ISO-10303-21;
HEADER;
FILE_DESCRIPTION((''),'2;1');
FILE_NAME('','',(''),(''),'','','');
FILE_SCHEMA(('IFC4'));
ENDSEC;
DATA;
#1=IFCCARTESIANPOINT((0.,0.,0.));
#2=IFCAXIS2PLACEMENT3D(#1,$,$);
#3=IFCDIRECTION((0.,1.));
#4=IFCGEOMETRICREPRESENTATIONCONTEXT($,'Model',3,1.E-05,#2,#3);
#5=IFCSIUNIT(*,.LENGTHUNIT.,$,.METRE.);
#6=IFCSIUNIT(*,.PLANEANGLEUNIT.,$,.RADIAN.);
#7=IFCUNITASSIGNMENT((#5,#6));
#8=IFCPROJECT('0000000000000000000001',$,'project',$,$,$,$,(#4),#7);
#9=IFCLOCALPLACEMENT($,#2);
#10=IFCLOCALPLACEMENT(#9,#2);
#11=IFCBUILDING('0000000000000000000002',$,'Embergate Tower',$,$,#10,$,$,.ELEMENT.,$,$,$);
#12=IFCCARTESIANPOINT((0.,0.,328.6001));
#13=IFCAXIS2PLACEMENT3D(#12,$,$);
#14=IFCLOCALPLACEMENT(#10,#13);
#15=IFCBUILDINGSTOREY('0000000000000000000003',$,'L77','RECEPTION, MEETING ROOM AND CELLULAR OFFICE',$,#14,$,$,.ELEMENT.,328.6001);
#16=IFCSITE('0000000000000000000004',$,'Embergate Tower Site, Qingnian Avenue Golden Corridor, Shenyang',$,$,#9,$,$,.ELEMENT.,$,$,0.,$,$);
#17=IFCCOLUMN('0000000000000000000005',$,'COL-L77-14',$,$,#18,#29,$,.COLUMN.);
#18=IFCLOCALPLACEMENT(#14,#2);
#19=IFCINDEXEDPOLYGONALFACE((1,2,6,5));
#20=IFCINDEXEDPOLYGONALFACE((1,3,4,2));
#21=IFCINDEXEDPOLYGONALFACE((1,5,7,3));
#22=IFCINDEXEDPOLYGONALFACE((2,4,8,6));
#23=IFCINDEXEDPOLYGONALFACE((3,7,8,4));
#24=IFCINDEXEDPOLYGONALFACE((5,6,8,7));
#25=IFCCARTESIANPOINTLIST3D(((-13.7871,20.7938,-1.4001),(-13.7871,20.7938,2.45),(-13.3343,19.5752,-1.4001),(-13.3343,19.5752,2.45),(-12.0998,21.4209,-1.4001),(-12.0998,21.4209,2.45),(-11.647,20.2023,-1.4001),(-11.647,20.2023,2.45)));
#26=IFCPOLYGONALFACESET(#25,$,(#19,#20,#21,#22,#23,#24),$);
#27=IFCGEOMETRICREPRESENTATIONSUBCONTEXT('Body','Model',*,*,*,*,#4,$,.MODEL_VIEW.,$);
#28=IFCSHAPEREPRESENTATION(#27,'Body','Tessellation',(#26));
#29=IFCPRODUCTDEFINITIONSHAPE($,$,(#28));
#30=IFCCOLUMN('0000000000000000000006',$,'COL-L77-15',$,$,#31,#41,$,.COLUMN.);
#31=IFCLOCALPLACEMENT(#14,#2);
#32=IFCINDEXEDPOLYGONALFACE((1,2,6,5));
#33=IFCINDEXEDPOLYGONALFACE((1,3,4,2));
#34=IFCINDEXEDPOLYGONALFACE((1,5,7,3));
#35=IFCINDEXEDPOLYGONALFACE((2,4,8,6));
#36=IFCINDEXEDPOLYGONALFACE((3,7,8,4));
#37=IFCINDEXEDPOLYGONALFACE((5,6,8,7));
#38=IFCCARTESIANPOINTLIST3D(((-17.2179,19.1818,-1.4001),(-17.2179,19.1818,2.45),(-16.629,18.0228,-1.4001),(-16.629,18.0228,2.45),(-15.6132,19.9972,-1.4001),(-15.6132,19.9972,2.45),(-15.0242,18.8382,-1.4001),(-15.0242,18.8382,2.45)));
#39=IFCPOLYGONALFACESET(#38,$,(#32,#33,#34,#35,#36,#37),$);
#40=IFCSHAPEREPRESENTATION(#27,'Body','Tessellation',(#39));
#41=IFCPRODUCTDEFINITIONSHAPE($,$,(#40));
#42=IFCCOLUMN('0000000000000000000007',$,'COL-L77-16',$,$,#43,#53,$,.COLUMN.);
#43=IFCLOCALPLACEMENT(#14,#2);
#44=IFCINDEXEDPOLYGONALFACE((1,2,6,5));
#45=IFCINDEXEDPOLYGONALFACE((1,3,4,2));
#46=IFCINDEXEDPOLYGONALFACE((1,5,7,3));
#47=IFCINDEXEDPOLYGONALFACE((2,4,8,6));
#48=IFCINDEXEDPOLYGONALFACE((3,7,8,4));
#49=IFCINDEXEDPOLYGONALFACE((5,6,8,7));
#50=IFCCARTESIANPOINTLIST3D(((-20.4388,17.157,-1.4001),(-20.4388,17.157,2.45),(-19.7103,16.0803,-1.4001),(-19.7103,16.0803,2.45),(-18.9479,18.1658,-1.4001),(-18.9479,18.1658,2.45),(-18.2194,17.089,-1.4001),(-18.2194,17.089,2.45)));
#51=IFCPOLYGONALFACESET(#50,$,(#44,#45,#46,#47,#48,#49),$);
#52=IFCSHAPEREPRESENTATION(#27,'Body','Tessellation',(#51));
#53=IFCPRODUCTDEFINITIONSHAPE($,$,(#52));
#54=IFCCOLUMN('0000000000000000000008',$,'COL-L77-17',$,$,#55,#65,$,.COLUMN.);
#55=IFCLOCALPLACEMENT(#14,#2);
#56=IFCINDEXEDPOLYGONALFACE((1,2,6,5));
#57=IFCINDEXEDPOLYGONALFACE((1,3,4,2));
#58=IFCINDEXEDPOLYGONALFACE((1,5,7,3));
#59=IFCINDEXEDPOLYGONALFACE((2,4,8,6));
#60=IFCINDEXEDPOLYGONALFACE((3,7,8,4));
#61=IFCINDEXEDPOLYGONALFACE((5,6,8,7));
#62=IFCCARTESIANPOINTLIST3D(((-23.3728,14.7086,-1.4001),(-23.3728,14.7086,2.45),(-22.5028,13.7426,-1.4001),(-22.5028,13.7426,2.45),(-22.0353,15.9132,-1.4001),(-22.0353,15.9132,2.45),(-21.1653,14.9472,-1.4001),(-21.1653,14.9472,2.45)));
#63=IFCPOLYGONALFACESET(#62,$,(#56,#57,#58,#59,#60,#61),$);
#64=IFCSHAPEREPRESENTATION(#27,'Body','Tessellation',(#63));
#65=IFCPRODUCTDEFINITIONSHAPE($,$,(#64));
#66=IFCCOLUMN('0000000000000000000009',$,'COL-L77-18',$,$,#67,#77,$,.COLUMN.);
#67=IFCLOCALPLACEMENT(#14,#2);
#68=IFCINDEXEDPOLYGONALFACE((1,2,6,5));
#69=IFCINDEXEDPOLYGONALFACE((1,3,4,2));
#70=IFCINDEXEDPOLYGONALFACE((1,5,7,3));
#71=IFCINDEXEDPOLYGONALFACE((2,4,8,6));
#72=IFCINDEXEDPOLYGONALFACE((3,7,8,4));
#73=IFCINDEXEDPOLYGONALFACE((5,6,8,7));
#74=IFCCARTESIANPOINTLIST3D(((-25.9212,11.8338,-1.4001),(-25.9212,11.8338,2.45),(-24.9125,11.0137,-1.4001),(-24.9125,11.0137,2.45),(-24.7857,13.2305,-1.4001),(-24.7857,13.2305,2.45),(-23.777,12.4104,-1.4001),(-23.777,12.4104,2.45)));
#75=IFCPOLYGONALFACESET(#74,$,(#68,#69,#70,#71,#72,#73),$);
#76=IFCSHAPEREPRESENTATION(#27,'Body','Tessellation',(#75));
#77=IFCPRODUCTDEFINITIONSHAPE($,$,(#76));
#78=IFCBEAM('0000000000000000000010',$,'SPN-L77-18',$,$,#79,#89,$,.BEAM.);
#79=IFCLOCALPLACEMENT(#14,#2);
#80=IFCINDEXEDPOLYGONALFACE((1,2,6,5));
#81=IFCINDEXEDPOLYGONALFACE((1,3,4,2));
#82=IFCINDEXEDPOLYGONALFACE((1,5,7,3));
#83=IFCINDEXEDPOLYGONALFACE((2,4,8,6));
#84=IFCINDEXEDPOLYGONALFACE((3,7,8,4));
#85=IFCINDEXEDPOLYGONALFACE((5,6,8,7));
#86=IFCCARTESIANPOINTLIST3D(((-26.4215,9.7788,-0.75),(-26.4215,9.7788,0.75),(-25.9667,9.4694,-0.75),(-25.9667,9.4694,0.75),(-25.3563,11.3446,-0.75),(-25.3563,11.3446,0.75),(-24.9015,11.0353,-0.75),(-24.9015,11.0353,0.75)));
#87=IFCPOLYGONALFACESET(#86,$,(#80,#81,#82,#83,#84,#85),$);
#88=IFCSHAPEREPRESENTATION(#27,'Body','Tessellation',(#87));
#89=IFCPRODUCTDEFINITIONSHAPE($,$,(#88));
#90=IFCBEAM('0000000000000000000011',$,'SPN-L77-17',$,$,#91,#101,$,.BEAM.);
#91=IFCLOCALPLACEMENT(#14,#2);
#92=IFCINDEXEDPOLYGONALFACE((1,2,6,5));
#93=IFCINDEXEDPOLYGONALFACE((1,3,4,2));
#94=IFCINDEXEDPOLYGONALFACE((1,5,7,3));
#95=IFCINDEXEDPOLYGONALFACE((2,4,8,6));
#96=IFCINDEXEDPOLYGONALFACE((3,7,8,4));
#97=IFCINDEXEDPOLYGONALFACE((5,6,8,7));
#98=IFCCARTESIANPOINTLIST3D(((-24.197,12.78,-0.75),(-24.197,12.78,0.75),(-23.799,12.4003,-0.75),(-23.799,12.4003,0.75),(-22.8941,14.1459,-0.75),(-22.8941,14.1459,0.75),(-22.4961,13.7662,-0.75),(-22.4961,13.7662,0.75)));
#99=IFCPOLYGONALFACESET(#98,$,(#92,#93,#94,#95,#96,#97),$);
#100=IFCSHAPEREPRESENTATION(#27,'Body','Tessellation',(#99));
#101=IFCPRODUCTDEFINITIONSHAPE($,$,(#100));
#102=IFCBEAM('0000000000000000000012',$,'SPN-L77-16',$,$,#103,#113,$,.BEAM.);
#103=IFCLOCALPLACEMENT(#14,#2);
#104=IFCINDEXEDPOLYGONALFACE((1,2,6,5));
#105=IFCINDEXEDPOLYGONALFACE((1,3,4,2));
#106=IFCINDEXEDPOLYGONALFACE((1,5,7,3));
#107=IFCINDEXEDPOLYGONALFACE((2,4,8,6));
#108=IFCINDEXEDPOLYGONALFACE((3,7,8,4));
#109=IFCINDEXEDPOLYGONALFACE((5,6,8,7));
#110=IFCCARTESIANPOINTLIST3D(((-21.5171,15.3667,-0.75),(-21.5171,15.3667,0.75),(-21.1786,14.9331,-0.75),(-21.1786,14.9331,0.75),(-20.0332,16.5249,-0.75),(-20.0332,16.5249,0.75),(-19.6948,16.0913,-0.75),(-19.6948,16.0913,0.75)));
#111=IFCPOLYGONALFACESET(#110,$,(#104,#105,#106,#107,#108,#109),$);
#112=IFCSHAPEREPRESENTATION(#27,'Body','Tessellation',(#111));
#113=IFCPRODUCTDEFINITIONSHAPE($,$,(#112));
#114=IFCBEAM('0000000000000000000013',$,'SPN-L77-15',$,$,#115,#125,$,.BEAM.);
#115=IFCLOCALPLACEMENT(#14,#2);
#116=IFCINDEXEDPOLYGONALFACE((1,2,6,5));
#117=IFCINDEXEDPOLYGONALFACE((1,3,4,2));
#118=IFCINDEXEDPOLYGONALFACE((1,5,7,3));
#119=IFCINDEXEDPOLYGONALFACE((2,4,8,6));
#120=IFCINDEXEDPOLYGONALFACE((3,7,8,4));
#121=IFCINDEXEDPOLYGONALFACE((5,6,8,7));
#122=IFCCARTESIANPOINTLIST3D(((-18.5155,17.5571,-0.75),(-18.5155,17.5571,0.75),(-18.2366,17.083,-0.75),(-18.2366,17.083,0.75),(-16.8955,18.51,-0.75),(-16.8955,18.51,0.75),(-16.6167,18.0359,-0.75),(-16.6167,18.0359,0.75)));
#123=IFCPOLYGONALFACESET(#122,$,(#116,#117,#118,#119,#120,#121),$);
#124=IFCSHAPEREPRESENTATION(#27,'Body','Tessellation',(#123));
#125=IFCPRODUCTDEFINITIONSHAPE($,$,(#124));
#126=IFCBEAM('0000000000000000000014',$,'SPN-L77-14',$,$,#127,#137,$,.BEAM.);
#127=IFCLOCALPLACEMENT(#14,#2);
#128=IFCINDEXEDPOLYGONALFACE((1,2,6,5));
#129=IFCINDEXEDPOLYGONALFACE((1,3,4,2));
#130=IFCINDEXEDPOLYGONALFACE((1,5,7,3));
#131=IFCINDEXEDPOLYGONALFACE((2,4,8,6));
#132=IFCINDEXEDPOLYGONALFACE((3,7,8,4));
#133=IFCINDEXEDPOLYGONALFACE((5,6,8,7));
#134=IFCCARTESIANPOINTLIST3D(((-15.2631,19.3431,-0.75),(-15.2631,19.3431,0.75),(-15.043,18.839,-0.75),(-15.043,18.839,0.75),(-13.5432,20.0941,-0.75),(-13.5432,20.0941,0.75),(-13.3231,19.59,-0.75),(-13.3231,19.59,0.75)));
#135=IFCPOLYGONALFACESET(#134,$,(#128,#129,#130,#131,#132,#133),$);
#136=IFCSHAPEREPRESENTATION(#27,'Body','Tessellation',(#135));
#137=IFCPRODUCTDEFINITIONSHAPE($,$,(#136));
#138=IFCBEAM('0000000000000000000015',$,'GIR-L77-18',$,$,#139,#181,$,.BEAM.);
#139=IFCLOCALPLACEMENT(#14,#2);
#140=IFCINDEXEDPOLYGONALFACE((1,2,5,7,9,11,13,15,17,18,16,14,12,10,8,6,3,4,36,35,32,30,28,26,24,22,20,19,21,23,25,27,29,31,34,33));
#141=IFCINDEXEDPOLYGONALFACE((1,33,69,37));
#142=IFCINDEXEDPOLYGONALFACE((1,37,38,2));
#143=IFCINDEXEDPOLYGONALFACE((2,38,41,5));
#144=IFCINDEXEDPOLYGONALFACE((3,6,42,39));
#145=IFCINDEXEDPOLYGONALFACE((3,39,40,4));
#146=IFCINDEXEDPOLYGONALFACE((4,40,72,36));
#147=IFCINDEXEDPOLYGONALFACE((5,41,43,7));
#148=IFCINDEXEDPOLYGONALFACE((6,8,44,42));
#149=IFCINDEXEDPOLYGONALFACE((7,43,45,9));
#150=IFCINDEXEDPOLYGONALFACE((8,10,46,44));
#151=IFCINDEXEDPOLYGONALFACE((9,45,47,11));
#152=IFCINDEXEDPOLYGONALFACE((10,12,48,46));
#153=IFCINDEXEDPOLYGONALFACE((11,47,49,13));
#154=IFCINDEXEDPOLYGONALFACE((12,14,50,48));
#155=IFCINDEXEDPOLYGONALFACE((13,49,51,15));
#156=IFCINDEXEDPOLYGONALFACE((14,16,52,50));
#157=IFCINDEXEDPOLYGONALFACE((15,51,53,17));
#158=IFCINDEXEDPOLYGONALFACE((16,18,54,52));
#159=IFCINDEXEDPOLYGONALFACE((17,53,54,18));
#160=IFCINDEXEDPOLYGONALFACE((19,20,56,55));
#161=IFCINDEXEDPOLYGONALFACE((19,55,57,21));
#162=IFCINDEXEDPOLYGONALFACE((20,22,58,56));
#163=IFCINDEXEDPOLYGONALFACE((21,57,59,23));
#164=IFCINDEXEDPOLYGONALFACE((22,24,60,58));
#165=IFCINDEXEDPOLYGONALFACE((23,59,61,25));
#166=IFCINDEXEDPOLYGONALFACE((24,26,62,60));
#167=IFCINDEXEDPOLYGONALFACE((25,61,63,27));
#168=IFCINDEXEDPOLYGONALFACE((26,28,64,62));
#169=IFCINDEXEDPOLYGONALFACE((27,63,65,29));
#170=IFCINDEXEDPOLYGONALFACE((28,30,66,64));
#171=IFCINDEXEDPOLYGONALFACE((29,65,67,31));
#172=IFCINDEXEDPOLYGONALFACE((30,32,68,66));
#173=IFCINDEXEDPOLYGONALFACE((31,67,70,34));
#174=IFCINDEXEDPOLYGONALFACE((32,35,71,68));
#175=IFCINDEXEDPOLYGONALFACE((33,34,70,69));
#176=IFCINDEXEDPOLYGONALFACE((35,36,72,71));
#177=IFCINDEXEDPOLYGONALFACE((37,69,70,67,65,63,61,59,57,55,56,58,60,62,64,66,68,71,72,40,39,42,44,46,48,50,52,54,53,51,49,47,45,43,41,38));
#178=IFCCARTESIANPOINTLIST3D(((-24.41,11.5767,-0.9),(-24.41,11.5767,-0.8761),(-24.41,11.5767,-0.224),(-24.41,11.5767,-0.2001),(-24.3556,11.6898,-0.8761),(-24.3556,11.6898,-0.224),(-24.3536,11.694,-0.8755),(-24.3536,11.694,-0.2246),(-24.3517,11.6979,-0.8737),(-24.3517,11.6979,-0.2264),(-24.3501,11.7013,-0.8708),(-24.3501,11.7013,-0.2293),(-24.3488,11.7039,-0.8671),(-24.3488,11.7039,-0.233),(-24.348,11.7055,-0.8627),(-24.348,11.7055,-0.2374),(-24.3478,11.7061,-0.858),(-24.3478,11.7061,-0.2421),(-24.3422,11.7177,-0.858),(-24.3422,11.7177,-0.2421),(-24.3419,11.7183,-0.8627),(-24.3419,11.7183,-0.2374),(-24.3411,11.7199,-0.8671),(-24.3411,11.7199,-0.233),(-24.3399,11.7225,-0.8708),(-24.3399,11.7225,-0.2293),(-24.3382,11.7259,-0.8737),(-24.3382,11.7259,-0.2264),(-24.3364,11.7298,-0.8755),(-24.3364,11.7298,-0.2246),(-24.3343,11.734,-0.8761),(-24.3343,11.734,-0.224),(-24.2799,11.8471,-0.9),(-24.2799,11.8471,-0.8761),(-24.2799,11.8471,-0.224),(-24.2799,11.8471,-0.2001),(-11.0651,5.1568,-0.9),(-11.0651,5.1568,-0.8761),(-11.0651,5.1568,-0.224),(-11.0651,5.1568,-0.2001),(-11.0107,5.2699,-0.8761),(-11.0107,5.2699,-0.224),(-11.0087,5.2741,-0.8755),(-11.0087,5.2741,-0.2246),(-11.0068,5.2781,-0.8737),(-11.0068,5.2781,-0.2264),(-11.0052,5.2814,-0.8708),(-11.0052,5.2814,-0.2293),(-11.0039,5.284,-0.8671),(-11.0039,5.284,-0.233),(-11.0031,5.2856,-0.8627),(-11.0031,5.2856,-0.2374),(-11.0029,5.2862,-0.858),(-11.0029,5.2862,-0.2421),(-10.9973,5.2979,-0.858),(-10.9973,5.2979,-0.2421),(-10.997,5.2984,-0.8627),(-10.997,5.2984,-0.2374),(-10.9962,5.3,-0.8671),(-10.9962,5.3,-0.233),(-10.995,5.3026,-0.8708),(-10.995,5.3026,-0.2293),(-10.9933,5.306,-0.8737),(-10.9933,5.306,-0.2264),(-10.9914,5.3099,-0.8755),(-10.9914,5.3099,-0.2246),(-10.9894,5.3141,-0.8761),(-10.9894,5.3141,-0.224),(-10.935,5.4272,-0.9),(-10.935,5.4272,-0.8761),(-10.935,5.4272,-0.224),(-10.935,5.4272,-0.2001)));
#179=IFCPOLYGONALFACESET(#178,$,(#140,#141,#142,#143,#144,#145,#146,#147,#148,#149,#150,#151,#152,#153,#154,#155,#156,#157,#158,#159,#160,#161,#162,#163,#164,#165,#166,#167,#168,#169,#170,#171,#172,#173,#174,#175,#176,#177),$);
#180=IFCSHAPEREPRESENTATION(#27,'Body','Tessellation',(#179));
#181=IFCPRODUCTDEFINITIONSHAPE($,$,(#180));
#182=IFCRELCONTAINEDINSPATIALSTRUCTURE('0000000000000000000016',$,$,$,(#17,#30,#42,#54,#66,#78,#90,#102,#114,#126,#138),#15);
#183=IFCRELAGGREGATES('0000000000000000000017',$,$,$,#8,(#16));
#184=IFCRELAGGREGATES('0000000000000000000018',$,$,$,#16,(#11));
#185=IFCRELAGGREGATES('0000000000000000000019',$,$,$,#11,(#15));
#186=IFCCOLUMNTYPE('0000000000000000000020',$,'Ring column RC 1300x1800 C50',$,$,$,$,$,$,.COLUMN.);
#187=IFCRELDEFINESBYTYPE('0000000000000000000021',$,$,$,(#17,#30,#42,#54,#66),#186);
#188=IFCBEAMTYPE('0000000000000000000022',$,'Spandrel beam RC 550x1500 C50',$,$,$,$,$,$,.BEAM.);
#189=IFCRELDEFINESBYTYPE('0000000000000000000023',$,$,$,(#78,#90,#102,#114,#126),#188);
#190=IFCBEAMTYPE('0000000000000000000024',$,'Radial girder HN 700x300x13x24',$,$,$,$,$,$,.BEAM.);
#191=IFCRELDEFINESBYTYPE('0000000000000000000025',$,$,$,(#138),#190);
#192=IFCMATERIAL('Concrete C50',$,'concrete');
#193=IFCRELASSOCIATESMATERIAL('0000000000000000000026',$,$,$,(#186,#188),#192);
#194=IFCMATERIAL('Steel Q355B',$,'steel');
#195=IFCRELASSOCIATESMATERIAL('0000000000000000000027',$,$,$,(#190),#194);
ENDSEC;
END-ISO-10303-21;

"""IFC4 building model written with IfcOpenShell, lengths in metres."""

from ifc_helpers import new_model, si_unit, direction, frame, origin, origin_2d, place, context, subcontext, project, spatial, rectangle, i_section, extrude, source, transform, mapped, material, material_profile, profile_set, type_object, element, save


model = new_model("IFC4")

# Units and contexts
model_context = context("Model", 3, precision=1e-05, world=origin(), true_north=direction((0.0, 1.0)))
body_context = subcontext(model_context, "Body", "Model", "MODEL_VIEW")
ifc_project = project(units=[si_unit("LENGTHUNIT", "METRE"), si_unit("PLANEANGLEUNIT", "RADIAN")], contexts=[model_context])

# Site, building, storey
site_placement = place(None, origin())
site = spatial("IfcSite", under=ifc_project, at=site_placement, Name="Embergate Tower Site, Qingnian Avenue Golden Corridor, Shenyang", CompositionType="ELEMENT", RefElevation=0.0)
building_placement = place(site_placement, origin())
building = spatial("IfcBuilding", under=site, at=building_placement, Name="Embergate Tower", CompositionType="ELEMENT")
storey_placement = place(building_placement, frame((0.0, 0.0, 328.6001)))
storey = spatial("IfcBuildingStorey", under=building, at=storey_placement, Name="L77", Description="RECEPTION, MEETING ROOM AND CELLULAR OFFICE", CompositionType="ELEMENT", Elevation=328.6001)

# Columns
ifc_material_1 = material(Name="Concrete C50", Category="concrete")
ifc_material_profile_1 = material_profile(ifc_material_1, rectangle(XDim=1.3, YDim=1.8, at=origin_2d()), Name="RC 1300x1800")
ifc_profile_set_1 = profile_set([ifc_material_profile_1], Name="Concrete C50")
column_type = type_object("IfcColumnType", Name="Ring column RC 1300x1800 C50", PredefinedType="COLUMN", material=ifc_profile_set_1)
shared_shape_1 = source(origin(), body_context, "Body", "SweptSolid", [
    extrude(rectangle(XDim=1.3, YDim=1.8, at=origin_2d()), origin(), (0.0, 0.0, 1.0), 3.8501),
])
for number, where, z_axis, x_axis, name in (
    (1, (-12.717, 20.498, -1.4001), (0.0, 0.0, 1.0), (-0.348343, 0.937367, 0.0), "COL-L77-14"),
    (2, (-16.1211, 19.01, -1.4001), (0.0, 0.0, 1.0), (-0.453011, 0.891505, 0.0), "COL-L77-15"),
    (3, (-19.3291, 17.123, -1.4001), (0.0, 0.0, 1.0), (-0.560393, 0.828227, 0.0), "COL-L77-16"),
    (4, (-22.269, 14.8279, -1.4001), (0.0, 0.0, 1.0), (-0.669221, 0.743063, 0.0), "COL-L77-17"),
    (5, (-24.8491, 12.1221, -1.4001), (0.0, 0.0, 1.0), (-0.775925, 0.630825, 0.0), "COL-L77-18"),
):
    element("IfcColumn", number, at=place(storey_placement, frame(where, z_axis=z_axis, x_axis=x_axis)), inside=storey, type_object=column_type, Name=name, PredefinedType="COLUMN", context=body_context, shape_type="MappedRepresentation", body=[
        mapped(shared_shape_1, transform((0.0, 0.0, 0.0))),
    ])

# Beams
ifc_material_profile_2 = material_profile(ifc_material_1, rectangle(XDim=0.55, YDim=1.5, at=origin_2d()), Name="RC 550x1500")
ifc_profile_set_2 = profile_set([ifc_material_profile_2], Name="Concrete C50")
beam_type_1 = type_object("IfcBeamType", Name="Spandrel beam RC 550x1500 C50", PredefinedType="BEAM", material=ifc_profile_set_2)
shared_shape_2 = source(origin(), body_context, "Body", "SweptSolid", [
    extrude(rectangle(XDim=0.55, YDim=1.5, at=origin_2d()), origin(), (0.0, 0.0, 1.0), 1.8938),
])
beam_1_placement = place(storey_placement, frame((-25.1289, 11.1899, 0.0), z_axis=(-0.56244, -0.826838, 0.0), x_axis=(0.826838, -0.56244, 0.0)))
element("IfcBeam", 6, at=beam_1_placement, inside=storey, type_object=beam_type_1, Name="SPN-L77-18", PredefinedType="BEAM", context=body_context, shape_type="MappedRepresentation", body=[
    mapped(shared_shape_2, transform((0.0, 0.0, 0.0))),
])
shared_shape_3 = source(origin(), body_context, "Body", "SweptSolid", [
    extrude(rectangle(XDim=0.55, YDim=1.5, at=origin_2d()), origin(), (0.0, 0.0, 1.0), 1.8877),
])
beam_2_placement = place(storey_placement, frame((-22.6951, 13.9561, 0.0), z_axis=(-0.690227, -0.723593, 0.0), x_axis=(0.723593, -0.690227, 0.0)))
element("IfcBeam", 7, at=beam_2_placement, inside=storey, type_object=beam_type_1, Name="SPN-L77-17", PredefinedType="BEAM", context=body_context, shape_type="MappedRepresentation", body=[
    mapped(shared_shape_3, transform((0.0, 0.0, 0.0))),
])
shared_shape_4 = source(origin(), body_context, "Body", "SweptSolid", [
    extrude(rectangle(XDim=0.55, YDim=1.5, at=origin_2d()), origin(), (0.0, 0.0, 1.0), 1.8823),
])
beam_3_placement = place(storey_placement, frame((-19.864, 16.3081, 0.0), z_axis=(-0.788304, -0.615287, 0.0), x_axis=(0.615287, -0.788304, 0.0)))
element("IfcBeam", 8, at=beam_3_placement, inside=storey, type_object=beam_type_1, Name="SPN-L77-16", PredefinedType="BEAM", context=body_context, shape_type="MappedRepresentation", body=[
    mapped(shared_shape_4, transform((0.0, 0.0, 0.0))),
])
shared_shape_5 = source(origin(), body_context, "Body", "SweptSolid", [
    extrude(rectangle(XDim=0.55, YDim=1.5, at=origin_2d()), origin(), (0.0, 0.0, 1.0), 1.8794),
])
beam_4_placement = place(storey_placement, frame((-16.7561, 18.2729, 0.0), z_axis=(-0.861931, -0.507026, 0.0), x_axis=(0.507026, -0.861931, 0.0)))
element("IfcBeam", 9, at=beam_4_placement, inside=storey, type_object=beam_type_1, Name="SPN-L77-15", PredefinedType="BEAM", context=body_context, shape_type="MappedRepresentation", body=[
    mapped(shared_shape_5, transform((0.0, 0.0, 0.0))),
])
shared_shape_6 = source(origin(), body_context, "Body", "SweptSolid", [
    extrude(rectangle(XDim=0.55, YDim=1.5, at=origin_2d()), origin(), (0.0, 0.0, 1.0), 1.8767),
])
beam_5_placement = place(storey_placement, frame((-13.4331, 19.842, 0.0), z_axis=(-0.916453, -0.400143, 0.0), x_axis=(0.400143, -0.916453, 0.0)))
element("IfcBeam", 10, at=beam_5_placement, inside=storey, type_object=beam_type_1, Name="SPN-L77-14", PredefinedType="BEAM", context=body_context, shape_type="MappedRepresentation", body=[
    mapped(shared_shape_6, transform((0.0, 0.0, 0.0))),
])
ifc_material_2 = material(Name="Steel Q355B", Category="steel")
ifc_material_profile_3 = material_profile(ifc_material_2, i_section(OverallWidth=0.3, OverallDepth=0.7, WebThickness=0.0129, FlangeThickness=0.0239, FilletRadius=0.0181, at=origin_2d()), Name="HN 700x300x13x24")
ifc_profile_set_3 = profile_set([ifc_material_profile_3], Name="Steel Q355 grade B")
beam_type_2 = type_object("IfcBeamType", Name="Radial girder HN 700x300x13x24", PredefinedType="BEAM", material=ifc_profile_set_3)
shared_shape_7 = source(origin(), body_context, "Body", "SweptSolid", [
    extrude(i_section(OverallWidth=0.3, OverallDepth=0.7, WebThickness=0.0129, FlangeThickness=0.0239, FilletRadius=0.0181, at=origin_2d()), origin(), (0.0, 0.0, 1.0), 14.8088),
])
beam_6_placement = place(storey_placement, frame((-24.345, 11.7119, -0.55), z_axis=(0.901145, -0.433518, 0.0), x_axis=(0.433518, 0.901145, 0.0)))
element("IfcBeam", 11, at=beam_6_placement, inside=storey, type_object=beam_type_2, Name="GIR-L77-18", PredefinedType="BEAM", context=body_context, shape_type="MappedRepresentation", body=[
    mapped(shared_shape_7, transform((0.0, 0.0, 0.0))),
])

save(model, "model.ifc")
